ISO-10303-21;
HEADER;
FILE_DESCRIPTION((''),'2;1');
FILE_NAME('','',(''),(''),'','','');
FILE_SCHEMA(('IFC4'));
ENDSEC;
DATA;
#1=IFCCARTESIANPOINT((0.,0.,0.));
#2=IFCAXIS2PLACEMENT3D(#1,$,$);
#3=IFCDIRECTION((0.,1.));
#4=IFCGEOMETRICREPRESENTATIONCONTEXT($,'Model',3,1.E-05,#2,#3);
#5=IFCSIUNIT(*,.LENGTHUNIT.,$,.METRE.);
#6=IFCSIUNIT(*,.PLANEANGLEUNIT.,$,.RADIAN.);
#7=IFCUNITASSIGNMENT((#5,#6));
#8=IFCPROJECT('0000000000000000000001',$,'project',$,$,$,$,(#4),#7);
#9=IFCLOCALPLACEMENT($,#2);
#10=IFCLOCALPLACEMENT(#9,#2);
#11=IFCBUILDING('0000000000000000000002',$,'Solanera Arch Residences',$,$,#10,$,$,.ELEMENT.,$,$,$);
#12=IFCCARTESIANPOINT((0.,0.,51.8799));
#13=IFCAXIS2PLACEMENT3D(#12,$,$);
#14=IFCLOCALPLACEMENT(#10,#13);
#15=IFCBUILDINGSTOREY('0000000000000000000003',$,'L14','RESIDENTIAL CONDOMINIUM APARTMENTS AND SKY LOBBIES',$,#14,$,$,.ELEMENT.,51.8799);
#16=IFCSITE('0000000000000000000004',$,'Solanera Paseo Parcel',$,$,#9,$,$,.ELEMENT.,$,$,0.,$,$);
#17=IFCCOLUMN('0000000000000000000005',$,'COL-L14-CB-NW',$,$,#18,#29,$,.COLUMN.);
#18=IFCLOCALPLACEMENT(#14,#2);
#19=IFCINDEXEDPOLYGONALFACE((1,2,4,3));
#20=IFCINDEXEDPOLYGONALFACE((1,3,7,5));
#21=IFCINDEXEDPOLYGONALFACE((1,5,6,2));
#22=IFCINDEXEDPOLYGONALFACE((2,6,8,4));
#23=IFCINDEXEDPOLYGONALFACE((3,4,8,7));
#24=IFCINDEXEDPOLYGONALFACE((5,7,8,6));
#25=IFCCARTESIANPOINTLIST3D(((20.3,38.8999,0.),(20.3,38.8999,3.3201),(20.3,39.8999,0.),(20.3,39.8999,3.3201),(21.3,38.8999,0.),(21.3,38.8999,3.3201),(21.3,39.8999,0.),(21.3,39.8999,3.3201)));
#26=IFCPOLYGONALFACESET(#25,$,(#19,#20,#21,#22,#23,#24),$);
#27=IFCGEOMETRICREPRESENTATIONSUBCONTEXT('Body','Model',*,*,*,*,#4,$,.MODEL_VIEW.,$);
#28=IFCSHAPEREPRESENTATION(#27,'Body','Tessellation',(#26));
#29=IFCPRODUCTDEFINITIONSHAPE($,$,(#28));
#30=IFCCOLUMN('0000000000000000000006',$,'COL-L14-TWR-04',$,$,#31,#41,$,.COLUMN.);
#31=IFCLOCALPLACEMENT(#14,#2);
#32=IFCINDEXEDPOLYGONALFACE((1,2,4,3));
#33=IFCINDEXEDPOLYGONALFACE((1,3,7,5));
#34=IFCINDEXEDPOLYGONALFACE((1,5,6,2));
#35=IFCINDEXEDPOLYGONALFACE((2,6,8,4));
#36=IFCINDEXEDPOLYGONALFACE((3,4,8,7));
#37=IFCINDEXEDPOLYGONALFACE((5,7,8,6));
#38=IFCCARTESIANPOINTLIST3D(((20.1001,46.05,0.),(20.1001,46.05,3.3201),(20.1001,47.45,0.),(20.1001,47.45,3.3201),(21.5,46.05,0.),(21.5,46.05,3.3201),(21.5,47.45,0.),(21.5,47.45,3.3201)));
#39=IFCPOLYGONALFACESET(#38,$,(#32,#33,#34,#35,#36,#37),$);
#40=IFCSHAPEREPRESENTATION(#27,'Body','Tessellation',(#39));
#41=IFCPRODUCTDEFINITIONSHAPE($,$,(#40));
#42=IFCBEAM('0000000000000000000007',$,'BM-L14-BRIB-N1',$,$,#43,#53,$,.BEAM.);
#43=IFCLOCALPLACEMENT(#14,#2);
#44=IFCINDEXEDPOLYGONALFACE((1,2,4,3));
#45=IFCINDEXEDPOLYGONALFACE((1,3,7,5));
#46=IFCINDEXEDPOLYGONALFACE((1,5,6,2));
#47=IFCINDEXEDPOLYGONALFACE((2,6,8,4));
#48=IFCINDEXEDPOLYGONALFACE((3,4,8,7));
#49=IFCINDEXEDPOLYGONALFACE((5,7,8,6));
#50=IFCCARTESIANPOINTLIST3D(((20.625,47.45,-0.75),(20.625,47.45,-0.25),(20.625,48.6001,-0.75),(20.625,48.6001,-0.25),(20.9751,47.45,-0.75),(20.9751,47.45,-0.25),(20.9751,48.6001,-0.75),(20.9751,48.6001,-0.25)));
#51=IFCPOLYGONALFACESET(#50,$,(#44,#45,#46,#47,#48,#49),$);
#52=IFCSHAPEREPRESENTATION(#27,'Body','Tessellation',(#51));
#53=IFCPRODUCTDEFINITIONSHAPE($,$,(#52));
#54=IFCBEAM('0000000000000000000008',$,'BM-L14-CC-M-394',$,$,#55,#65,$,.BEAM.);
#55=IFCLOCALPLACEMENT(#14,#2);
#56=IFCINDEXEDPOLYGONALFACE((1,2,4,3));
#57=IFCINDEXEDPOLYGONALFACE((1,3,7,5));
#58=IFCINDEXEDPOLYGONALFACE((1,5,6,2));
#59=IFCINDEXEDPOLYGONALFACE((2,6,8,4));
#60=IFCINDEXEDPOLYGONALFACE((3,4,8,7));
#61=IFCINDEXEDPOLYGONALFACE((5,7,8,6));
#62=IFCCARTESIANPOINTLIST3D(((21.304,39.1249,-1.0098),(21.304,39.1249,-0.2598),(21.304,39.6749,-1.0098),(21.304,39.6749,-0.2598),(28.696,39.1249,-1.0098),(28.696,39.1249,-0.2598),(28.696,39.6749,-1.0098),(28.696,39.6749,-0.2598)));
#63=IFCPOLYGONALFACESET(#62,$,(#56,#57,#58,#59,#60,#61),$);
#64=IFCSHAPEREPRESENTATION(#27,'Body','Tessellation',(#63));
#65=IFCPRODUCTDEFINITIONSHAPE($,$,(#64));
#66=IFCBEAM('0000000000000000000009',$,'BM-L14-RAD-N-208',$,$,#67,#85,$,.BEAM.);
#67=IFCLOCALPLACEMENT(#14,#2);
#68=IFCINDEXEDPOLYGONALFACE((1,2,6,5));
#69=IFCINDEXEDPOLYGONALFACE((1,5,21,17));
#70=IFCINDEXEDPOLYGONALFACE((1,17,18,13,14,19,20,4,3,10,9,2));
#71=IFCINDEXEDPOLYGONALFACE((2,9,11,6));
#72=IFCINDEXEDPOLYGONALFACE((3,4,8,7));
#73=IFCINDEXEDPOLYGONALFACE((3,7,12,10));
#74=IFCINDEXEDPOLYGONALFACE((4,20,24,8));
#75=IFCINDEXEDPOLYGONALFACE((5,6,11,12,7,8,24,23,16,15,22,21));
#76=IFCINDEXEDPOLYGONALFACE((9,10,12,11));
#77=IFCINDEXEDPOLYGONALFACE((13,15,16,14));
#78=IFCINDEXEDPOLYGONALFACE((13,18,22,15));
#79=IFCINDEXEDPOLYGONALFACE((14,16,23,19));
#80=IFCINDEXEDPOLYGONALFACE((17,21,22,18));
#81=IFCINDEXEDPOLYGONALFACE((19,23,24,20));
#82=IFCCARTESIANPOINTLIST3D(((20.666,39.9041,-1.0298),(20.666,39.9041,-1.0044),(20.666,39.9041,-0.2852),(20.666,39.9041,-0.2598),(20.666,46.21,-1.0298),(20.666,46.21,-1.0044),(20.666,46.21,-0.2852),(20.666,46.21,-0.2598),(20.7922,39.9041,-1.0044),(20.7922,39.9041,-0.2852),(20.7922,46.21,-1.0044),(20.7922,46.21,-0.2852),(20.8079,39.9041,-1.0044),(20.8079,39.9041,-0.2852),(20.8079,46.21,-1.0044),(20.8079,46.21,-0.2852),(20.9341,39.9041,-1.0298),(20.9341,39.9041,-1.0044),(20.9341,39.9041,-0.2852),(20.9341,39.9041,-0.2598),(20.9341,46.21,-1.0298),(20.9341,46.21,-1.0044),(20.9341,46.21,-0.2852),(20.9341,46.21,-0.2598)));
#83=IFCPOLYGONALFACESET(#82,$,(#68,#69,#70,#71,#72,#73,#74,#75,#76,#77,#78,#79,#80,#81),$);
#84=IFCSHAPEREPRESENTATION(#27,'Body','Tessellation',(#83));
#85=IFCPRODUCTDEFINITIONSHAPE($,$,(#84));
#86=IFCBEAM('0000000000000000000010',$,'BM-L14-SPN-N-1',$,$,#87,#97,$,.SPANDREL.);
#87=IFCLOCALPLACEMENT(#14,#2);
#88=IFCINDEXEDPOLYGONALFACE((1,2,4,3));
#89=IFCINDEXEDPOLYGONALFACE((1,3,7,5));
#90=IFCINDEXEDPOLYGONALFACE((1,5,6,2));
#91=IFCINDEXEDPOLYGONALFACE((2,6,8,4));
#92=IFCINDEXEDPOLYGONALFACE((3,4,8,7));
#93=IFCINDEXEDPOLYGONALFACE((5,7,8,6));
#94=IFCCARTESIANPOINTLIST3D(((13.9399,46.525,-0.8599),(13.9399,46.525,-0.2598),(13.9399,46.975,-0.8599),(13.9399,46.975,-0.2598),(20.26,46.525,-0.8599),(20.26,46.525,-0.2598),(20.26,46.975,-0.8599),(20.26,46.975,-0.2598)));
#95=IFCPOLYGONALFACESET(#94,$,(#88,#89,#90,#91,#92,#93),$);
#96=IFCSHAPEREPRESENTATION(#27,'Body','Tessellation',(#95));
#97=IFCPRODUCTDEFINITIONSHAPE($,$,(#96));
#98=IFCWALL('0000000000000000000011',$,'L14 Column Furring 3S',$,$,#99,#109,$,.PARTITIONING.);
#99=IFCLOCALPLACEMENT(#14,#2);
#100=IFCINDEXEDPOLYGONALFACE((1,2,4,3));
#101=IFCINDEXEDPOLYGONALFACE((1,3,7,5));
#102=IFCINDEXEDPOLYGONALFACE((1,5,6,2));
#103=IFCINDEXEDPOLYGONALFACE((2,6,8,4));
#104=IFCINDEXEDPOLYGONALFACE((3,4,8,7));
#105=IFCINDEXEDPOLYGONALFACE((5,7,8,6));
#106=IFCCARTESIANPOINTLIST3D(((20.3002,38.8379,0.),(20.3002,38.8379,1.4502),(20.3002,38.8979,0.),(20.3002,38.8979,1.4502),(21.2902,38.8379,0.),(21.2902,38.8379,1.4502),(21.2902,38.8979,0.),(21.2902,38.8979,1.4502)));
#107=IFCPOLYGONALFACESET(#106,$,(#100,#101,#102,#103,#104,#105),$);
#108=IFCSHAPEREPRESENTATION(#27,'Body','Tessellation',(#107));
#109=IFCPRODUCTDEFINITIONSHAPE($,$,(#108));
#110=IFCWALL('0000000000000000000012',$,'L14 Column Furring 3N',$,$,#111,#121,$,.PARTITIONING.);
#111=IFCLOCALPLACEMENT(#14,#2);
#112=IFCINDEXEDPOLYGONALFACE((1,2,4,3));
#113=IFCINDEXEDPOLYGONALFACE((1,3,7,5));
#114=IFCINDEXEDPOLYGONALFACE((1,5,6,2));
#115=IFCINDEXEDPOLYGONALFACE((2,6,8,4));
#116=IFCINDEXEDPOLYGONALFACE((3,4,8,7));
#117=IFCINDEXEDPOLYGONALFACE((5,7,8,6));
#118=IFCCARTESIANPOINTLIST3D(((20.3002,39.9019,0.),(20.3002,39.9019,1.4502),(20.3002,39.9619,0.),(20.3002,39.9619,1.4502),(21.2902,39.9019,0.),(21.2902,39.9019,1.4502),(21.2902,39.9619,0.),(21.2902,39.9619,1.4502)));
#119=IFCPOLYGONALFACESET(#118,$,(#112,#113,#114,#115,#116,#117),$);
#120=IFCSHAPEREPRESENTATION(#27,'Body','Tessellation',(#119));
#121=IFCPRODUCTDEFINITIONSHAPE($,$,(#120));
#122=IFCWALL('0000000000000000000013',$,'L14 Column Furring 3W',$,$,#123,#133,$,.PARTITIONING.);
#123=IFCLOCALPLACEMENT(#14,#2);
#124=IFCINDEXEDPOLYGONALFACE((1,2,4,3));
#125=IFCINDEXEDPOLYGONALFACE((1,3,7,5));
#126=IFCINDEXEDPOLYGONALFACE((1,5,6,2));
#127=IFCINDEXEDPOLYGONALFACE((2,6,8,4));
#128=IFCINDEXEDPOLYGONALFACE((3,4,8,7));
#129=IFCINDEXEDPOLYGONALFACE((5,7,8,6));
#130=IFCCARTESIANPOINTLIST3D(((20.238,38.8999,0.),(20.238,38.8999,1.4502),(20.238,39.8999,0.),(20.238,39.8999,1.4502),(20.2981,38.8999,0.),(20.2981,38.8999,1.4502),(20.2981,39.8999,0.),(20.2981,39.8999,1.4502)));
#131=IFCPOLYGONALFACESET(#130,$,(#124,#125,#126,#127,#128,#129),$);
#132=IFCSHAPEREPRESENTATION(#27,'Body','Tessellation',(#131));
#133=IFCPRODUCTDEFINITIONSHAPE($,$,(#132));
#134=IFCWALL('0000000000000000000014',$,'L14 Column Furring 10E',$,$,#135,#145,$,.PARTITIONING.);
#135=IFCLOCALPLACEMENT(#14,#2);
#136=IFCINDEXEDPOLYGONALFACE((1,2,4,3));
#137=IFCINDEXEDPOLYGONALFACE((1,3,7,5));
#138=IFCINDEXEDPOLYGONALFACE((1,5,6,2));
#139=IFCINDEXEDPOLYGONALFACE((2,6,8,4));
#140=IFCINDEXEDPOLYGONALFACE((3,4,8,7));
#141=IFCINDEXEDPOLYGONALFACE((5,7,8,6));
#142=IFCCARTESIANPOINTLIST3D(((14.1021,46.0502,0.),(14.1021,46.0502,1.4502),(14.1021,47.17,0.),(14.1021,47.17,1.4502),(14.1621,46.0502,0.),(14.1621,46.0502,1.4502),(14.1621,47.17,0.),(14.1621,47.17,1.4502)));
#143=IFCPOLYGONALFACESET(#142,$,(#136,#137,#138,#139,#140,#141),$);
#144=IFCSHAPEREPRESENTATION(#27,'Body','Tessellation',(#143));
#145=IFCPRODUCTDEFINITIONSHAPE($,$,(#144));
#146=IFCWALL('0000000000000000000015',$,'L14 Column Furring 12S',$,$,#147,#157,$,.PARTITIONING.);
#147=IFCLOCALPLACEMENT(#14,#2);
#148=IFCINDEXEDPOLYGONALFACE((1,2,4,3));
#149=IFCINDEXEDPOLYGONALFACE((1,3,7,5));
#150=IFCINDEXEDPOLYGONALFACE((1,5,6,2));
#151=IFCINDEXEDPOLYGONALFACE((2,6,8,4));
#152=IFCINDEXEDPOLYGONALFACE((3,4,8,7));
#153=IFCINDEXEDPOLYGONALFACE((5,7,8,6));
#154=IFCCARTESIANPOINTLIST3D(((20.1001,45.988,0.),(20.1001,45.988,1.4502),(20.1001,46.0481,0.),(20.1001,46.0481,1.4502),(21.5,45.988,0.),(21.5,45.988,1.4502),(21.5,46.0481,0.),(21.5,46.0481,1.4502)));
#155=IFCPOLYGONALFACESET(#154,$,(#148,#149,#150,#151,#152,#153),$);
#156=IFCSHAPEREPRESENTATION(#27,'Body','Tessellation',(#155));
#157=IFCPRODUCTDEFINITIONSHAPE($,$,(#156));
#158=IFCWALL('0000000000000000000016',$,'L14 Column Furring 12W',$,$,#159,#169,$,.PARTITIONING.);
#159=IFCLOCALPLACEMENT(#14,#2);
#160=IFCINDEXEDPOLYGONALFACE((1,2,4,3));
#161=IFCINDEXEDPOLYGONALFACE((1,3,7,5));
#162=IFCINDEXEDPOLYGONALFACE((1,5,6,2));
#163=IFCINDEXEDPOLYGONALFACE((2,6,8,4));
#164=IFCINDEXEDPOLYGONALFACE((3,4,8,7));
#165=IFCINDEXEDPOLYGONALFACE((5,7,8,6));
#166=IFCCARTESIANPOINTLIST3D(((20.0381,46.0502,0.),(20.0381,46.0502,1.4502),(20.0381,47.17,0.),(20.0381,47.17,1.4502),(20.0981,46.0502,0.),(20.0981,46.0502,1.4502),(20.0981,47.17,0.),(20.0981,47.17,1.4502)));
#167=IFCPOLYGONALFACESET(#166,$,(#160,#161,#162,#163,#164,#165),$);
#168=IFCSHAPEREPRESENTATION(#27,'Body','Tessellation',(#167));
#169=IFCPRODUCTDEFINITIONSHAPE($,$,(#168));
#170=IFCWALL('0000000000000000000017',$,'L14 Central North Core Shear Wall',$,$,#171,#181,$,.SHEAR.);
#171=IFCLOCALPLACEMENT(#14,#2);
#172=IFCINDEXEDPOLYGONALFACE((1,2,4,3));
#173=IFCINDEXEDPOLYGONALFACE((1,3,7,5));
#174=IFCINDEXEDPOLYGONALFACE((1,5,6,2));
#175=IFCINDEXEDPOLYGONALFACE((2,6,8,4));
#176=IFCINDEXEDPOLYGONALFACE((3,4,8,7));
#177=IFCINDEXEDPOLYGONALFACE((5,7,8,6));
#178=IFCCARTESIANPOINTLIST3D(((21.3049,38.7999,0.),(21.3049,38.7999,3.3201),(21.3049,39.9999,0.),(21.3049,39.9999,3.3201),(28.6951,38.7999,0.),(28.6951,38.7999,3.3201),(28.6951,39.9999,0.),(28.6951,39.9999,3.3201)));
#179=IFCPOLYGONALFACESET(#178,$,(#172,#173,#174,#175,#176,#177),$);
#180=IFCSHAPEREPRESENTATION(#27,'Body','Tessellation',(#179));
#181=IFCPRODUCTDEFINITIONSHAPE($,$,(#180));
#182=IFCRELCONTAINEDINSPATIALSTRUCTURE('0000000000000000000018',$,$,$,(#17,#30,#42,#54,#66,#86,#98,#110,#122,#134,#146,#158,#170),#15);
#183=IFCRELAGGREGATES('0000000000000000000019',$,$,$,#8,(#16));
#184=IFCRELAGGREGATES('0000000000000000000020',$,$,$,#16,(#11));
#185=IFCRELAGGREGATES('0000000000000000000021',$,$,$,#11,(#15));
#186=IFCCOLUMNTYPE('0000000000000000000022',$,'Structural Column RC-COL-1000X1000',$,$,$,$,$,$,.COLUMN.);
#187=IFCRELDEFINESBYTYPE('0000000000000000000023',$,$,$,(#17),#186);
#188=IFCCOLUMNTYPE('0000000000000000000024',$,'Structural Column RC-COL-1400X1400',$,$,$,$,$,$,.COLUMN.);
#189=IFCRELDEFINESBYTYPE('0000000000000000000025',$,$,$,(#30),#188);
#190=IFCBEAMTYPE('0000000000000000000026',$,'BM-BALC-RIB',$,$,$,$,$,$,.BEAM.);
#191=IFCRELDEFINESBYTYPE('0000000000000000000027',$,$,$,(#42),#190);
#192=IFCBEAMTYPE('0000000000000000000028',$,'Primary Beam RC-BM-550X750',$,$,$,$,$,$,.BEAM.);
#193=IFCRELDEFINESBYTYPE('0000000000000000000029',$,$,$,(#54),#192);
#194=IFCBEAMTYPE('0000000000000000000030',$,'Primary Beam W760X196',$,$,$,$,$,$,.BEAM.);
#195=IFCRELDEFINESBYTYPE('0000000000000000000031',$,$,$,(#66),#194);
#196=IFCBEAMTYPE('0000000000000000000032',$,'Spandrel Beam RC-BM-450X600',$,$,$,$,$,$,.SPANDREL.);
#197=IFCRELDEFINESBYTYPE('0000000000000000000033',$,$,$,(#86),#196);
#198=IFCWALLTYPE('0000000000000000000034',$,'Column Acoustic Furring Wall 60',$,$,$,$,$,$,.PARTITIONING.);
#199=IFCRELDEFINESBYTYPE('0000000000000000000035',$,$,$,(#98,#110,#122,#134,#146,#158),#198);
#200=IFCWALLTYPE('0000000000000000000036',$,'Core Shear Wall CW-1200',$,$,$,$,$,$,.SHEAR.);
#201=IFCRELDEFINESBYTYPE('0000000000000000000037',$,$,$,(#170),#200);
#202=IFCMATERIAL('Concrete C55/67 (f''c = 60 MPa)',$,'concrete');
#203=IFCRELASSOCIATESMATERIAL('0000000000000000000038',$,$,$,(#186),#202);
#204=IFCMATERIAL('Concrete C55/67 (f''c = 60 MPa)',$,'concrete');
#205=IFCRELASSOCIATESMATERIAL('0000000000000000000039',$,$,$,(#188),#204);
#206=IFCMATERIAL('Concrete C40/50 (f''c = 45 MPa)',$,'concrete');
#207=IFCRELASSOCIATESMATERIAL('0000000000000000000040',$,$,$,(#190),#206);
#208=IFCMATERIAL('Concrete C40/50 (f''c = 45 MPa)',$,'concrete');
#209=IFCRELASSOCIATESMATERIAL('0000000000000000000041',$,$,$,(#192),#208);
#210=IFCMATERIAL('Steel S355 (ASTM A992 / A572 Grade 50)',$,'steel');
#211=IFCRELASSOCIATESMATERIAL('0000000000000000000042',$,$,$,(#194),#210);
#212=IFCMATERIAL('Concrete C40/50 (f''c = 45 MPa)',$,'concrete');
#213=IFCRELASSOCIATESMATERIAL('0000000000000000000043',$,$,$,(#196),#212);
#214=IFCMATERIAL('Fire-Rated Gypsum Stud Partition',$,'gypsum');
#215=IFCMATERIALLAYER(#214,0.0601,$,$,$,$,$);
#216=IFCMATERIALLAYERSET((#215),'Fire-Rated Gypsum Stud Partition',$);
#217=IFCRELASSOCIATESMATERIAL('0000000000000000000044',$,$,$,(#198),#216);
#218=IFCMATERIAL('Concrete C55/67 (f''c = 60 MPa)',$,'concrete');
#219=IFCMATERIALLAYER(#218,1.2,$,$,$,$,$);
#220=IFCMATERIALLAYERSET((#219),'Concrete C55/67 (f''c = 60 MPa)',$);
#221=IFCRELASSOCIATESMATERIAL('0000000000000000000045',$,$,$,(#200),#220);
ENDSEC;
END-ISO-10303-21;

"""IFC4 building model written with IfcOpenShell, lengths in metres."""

from ifc_helpers import new_model, si_unit, direction, frame, frame_2d, origin, origin_2d, place, context, subcontext, project, spatial, rectangle, i_section, extrude, material, layer, layer_set, material_profile, profile_set, type_object, element, save


model = new_model("IFC4")

# Units and contexts
model_context = context("Model", 3, precision=1e-05, world=origin(), true_north=direction((0.0, 1.0)))
body_context = subcontext(model_context, "Body", "Model", "MODEL_VIEW")
ifc_project = project(units=[si_unit("LENGTHUNIT", "METRE"), si_unit("PLANEANGLEUNIT", "RADIAN")], contexts=[model_context])

# Site, building, storey
site_placement = place(None, origin())
site = spatial("IfcSite", under=ifc_project, at=site_placement, Name="Solanera Paseo Parcel", CompositionType="ELEMENT", RefElevation=0.0)
building_placement = place(site_placement, origin())
building = spatial("IfcBuilding", under=site, at=building_placement, Name="Solanera Arch Residences", CompositionType="ELEMENT")
storey_placement = place(building_placement, frame((0.0, 0.0, 51.8799)))
storey = spatial("IfcBuildingStorey", under=building, at=storey_placement, Name="L14", Description="RESIDENTIAL CONDOMINIUM APARTMENTS AND SKY LOBBIES", CompositionType="ELEMENT", Elevation=51.8799)

# Columns
ifc_material_1 = material(Name="Concrete C55/67 (f'c = 60 MPa)", Category="concrete")
ifc_material_profile_1 = material_profile(ifc_material_1, rectangle(XDim=1.0, YDim=1.0, at=origin_2d()))
ifc_profile_set_1 = profile_set([ifc_material_profile_1], Name="Concrete C55/67 (f'c = 60 MPa)")
column_type_1 = type_object("IfcColumnType", Name="Structural Column RC-COL-1000X1000", PredefinedType="COLUMN", material=ifc_profile_set_1)
column_1_placement = place(storey_placement, frame((20.8, 39.3999, 0.0), z_axis=(0.0, 0.0, 1.0), x_axis=(1.0, 0.0, 0.0)))
element("IfcColumn", 1, at=column_1_placement, inside=storey, type_object=column_type_1, Name="COL-L14-CB-NW", PredefinedType="COLUMN", context=body_context, shape_type="SweptSolid", body=[
    extrude(rectangle(XDim=1.0, YDim=1.0, at=origin_2d()), origin(), (0.0, 0.0, 1.0), 3.3201),
])
ifc_material_2 = material(Name="Concrete C55/67 (f'c = 60 MPa)", Category="concrete")
ifc_material_profile_2 = material_profile(ifc_material_2, rectangle(XDim=1.3999, YDim=1.3999, at=origin_2d()))
ifc_profile_set_2 = profile_set([ifc_material_profile_2], Name="Concrete C55/67 (f'c = 60 MPa)")
column_type_2 = type_object("IfcColumnType", Name="Structural Column RC-COL-1400X1400", PredefinedType="COLUMN", material=ifc_profile_set_2)
column_2_placement = place(storey_placement, frame((20.8, 46.75, 0.0), z_axis=(0.0, 0.0, 1.0), x_axis=(1.0, 0.0, 0.0)))
element("IfcColumn", 2, at=column_2_placement, inside=storey, type_object=column_type_2, Name="COL-L14-TWR-04", PredefinedType="COLUMN", context=body_context, shape_type="SweptSolid", body=[
    extrude(rectangle(XDim=1.3999, YDim=1.3999, at=origin_2d()), origin(), (0.0, 0.0, 1.0), 3.3201),
])

# Beams
ifc_material_3 = material(Name="Concrete C40/50 (f'c = 45 MPa)", Category="concrete")
ifc_material_profile_3 = material_profile(ifc_material_3, rectangle(XDim=0.3501, YDim=0.5, at=origin_2d()))
ifc_profile_set_3 = profile_set([ifc_material_profile_3], Name="Concrete C40/50 (f'c = 45 MPa)")
beam_type_1 = type_object("IfcBeamType", Name="BM-BALC-RIB", PredefinedType="BEAM", material=ifc_profile_set_3)
beam_1_placement = place(storey_placement, frame((20.8, 47.45, -0.5), z_axis=(0.0, 1.0, 0.0), x_axis=(-1.0, 0.0, 0.0)))
element("IfcBeam", 3, at=beam_1_placement, inside=storey, type_object=beam_type_1, Name="BM-L14-BRIB-N1", PredefinedType="BEAM", context=body_context, shape_type="SweptSolid", body=[
    extrude(rectangle(XDim=0.3501, YDim=0.5, at=origin_2d()), origin(), (0.0, 0.0, 1.0), 1.1501),
])
ifc_material_4 = material(Name="Concrete C40/50 (f'c = 45 MPa)", Category="concrete")
ifc_material_profile_4 = material_profile(ifc_material_4, rectangle(XDim=0.55, YDim=0.75, at=origin_2d()))
ifc_profile_set_4 = profile_set([ifc_material_profile_4], Name="Concrete C40/50 (f'c = 45 MPa)")
beam_type_2 = type_object("IfcBeamType", Name="Primary Beam RC-BM-550X750", PredefinedType="BEAM", material=ifc_profile_set_4)
beam_2_placement = place(storey_placement, frame((21.304, 39.3999, -0.6348), z_axis=(1.0, 0.0, 0.0), x_axis=(0.0, 1.0, 0.0)))
element("IfcBeam", 4, at=beam_2_placement, inside=storey, type_object=beam_type_2, Name="BM-L14-CC-M-394", PredefinedType="BEAM", context=body_context, shape_type="SweptSolid", body=[
    extrude(rectangle(XDim=0.55, YDim=0.75, at=origin_2d()), origin(), (0.0, 0.0, 1.0), 7.3921),
])
ifc_material_5 = material(Name="Steel S355 (ASTM A992 / A572 Grade 50)", Category="steel")
ifc_material_profile_5 = material_profile(ifc_material_5, i_section(OverallWidth=0.2681, OverallDepth=0.77, WebThickness=0.0156, FlangeThickness=0.0254, at=origin_2d()))
ifc_profile_set_5 = profile_set([ifc_material_profile_5], Name="Steel S355 (ASTM A992 / A572 Grade 50)")
beam_type_3 = type_object("IfcBeamType", Name="Primary Beam W760X196", PredefinedType="BEAM", material=ifc_profile_set_5)
beam_3_placement = place(storey_placement, frame((20.8, 39.9041, -0.6448), z_axis=(0.0, 1.0, 0.0), x_axis=(-1.0, 0.0, 0.0)))
element("IfcBeam", 5, at=beam_3_placement, inside=storey, type_object=beam_type_3, Name="BM-L14-RAD-N-208", PredefinedType="BEAM", context=body_context, shape_type="SweptSolid", body=[
    extrude(i_section(OverallWidth=0.2681, OverallDepth=0.77, WebThickness=0.0156, FlangeThickness=0.0254, at=origin_2d()), origin(), (0.0, 0.0, 1.0), 6.3059),
])
ifc_material_6 = material(Name="Concrete C40/50 (f'c = 45 MPa)", Category="concrete")
ifc_material_profile_6 = material_profile(ifc_material_6, rectangle(XDim=0.45, YDim=0.6001, at=origin_2d()))
ifc_profile_set_6 = profile_set([ifc_material_profile_6], Name="Concrete C40/50 (f'c = 45 MPa)")
beam_type_4 = type_object("IfcBeamType", Name="Spandrel Beam RC-BM-450X600", PredefinedType="SPANDREL", material=ifc_profile_set_6)
beam_4_placement = place(storey_placement, frame((13.9399, 46.75, -0.5598), z_axis=(1.0, 0.0, 0.0), x_axis=(0.0, 1.0, 0.0)))
element("IfcBeam", 6, at=beam_4_placement, inside=storey, type_object=beam_type_4, Name="BM-L14-SPN-N-1", PredefinedType="SPANDREL", context=body_context, shape_type="SweptSolid", body=[
    extrude(rectangle(XDim=0.45, YDim=0.6001, at=origin_2d()), origin(), (0.0, 0.0, 1.0), 6.3201),
])

# Walls
ifc_material_7 = material(Name="Fire-Rated Gypsum Stud Partition", Category="gypsum")
ifc_layer_1 = layer(ifc_material_7, 0.0601)
ifc_layer_set_1 = layer_set([ifc_layer_1], Name="Fire-Rated Gypsum Stud Partition")
wall_type_1 = type_object("IfcWallType", Name="Column Acoustic Furring Wall 60", PredefinedType="PARTITIONING", material=ifc_layer_set_1)
for number, where, z_axis, x_axis, name in (
    (7, (20.3, 38.8679, 0.0), (0.0, 0.0, 1.0), (1.0, 0.0, 0.0), "L14 Column Furring 3S"),
    (8, (20.3, 39.9319, 0.0), (0.0, 0.0, 1.0), (1.0, 0.0, 0.0), "L14 Column Furring 3N"),
):
    element("IfcWall", number, at=place(storey_placement, frame(where, z_axis=z_axis, x_axis=x_axis)), inside=storey, type_object=wall_type_1, Name=name, PredefinedType="PARTITIONING", context=body_context, shape_type="SweptSolid", body=[
        extrude(rectangle(XDim=0.99, YDim=0.0601, at=frame_2d((0.4951, 0.0))), origin(), (0.0, 0.0, 1.0), 1.4502),
    ])
wall_1_placement = place(storey_placement, frame((20.2681, 38.8999, 0.0), z_axis=(0.0, 0.0, 1.0), x_axis=(0.0, 1.0, 0.0)))
element("IfcWall", 9, at=wall_1_placement, inside=storey, type_object=wall_type_1, Name="L14 Column Furring 3W", PredefinedType="PARTITIONING", context=body_context, shape_type="SweptSolid", body=[
    extrude(rectangle(XDim=1.0, YDim=0.0601, at=frame_2d((0.5, 0.0))), origin(), (0.0, 0.0, 1.0), 1.4502),
])
wall_2_placement = place(storey_placement, frame((14.1321, 46.05, 0.0), z_axis=(0.0, 0.0, 1.0), x_axis=(0.0, 1.0, 0.0)))
element("IfcWall", 10, at=wall_2_placement, inside=storey, type_object=wall_type_1, Name="L14 Column Furring 10E", PredefinedType="PARTITIONING", context=body_context, shape_type="SweptSolid", body=[
    extrude(rectangle(XDim=1.1199, YDim=0.0601, at=frame_2d((0.5601, 0.0))), origin(), (0.0, 0.0, 1.0), 1.4502),
])
wall_3_placement = place(storey_placement, frame((20.1001, 46.0181, 0.0), z_axis=(0.0, 0.0, 1.0), x_axis=(1.0, 0.0, 0.0)))
element("IfcWall", 11, at=wall_3_placement, inside=storey, type_object=wall_type_1, Name="L14 Column Furring 12S", PredefinedType="PARTITIONING", context=body_context, shape_type="SweptSolid", body=[
    extrude(rectangle(XDim=1.3999, YDim=0.0601, at=frame_2d((0.7, 0.0))), origin(), (0.0, 0.0, 1.0), 1.4502),
])
wall_4_placement = place(storey_placement, frame((20.0681, 46.05, 0.0), z_axis=(0.0, 0.0, 1.0), x_axis=(0.0, 1.0, 0.0)))
element("IfcWall", 12, at=wall_4_placement, inside=storey, type_object=wall_type_1, Name="L14 Column Furring 12W", PredefinedType="PARTITIONING", context=body_context, shape_type="SweptSolid", body=[
    extrude(rectangle(XDim=1.1199, YDim=0.0601, at=frame_2d((0.5601, 0.0))), origin(), (0.0, 0.0, 1.0), 1.4502),
])
ifc_material_8 = material(Name="Concrete C55/67 (f'c = 60 MPa)", Category="concrete")
ifc_layer_2 = layer(ifc_material_8, 1.2)
ifc_layer_set_2 = layer_set([ifc_layer_2], Name="Concrete C55/67 (f'c = 60 MPa)")
wall_type_2 = type_object("IfcWallType", Name="Core Shear Wall CW-1200", PredefinedType="SHEAR", material=ifc_layer_set_2)
wall_5_placement = place(storey_placement, frame((21.3049, 39.3999, 0.0), z_axis=(0.0, 0.0, 1.0), x_axis=(1.0, 0.0, 0.0)))
element("IfcWall", 13, at=wall_5_placement, inside=storey, type_object=wall_type_2, Name="L14 Central North Core Shear Wall", PredefinedType="SHEAR", context=body_context, shape_type="SweptSolid", body=[
    extrude(rectangle(XDim=7.3901, YDim=1.2, at=frame_2d((3.6951, 0.0))), origin(), (0.0, 0.0, 1.0), 3.3201),
])

save(model, "model.ifc")
